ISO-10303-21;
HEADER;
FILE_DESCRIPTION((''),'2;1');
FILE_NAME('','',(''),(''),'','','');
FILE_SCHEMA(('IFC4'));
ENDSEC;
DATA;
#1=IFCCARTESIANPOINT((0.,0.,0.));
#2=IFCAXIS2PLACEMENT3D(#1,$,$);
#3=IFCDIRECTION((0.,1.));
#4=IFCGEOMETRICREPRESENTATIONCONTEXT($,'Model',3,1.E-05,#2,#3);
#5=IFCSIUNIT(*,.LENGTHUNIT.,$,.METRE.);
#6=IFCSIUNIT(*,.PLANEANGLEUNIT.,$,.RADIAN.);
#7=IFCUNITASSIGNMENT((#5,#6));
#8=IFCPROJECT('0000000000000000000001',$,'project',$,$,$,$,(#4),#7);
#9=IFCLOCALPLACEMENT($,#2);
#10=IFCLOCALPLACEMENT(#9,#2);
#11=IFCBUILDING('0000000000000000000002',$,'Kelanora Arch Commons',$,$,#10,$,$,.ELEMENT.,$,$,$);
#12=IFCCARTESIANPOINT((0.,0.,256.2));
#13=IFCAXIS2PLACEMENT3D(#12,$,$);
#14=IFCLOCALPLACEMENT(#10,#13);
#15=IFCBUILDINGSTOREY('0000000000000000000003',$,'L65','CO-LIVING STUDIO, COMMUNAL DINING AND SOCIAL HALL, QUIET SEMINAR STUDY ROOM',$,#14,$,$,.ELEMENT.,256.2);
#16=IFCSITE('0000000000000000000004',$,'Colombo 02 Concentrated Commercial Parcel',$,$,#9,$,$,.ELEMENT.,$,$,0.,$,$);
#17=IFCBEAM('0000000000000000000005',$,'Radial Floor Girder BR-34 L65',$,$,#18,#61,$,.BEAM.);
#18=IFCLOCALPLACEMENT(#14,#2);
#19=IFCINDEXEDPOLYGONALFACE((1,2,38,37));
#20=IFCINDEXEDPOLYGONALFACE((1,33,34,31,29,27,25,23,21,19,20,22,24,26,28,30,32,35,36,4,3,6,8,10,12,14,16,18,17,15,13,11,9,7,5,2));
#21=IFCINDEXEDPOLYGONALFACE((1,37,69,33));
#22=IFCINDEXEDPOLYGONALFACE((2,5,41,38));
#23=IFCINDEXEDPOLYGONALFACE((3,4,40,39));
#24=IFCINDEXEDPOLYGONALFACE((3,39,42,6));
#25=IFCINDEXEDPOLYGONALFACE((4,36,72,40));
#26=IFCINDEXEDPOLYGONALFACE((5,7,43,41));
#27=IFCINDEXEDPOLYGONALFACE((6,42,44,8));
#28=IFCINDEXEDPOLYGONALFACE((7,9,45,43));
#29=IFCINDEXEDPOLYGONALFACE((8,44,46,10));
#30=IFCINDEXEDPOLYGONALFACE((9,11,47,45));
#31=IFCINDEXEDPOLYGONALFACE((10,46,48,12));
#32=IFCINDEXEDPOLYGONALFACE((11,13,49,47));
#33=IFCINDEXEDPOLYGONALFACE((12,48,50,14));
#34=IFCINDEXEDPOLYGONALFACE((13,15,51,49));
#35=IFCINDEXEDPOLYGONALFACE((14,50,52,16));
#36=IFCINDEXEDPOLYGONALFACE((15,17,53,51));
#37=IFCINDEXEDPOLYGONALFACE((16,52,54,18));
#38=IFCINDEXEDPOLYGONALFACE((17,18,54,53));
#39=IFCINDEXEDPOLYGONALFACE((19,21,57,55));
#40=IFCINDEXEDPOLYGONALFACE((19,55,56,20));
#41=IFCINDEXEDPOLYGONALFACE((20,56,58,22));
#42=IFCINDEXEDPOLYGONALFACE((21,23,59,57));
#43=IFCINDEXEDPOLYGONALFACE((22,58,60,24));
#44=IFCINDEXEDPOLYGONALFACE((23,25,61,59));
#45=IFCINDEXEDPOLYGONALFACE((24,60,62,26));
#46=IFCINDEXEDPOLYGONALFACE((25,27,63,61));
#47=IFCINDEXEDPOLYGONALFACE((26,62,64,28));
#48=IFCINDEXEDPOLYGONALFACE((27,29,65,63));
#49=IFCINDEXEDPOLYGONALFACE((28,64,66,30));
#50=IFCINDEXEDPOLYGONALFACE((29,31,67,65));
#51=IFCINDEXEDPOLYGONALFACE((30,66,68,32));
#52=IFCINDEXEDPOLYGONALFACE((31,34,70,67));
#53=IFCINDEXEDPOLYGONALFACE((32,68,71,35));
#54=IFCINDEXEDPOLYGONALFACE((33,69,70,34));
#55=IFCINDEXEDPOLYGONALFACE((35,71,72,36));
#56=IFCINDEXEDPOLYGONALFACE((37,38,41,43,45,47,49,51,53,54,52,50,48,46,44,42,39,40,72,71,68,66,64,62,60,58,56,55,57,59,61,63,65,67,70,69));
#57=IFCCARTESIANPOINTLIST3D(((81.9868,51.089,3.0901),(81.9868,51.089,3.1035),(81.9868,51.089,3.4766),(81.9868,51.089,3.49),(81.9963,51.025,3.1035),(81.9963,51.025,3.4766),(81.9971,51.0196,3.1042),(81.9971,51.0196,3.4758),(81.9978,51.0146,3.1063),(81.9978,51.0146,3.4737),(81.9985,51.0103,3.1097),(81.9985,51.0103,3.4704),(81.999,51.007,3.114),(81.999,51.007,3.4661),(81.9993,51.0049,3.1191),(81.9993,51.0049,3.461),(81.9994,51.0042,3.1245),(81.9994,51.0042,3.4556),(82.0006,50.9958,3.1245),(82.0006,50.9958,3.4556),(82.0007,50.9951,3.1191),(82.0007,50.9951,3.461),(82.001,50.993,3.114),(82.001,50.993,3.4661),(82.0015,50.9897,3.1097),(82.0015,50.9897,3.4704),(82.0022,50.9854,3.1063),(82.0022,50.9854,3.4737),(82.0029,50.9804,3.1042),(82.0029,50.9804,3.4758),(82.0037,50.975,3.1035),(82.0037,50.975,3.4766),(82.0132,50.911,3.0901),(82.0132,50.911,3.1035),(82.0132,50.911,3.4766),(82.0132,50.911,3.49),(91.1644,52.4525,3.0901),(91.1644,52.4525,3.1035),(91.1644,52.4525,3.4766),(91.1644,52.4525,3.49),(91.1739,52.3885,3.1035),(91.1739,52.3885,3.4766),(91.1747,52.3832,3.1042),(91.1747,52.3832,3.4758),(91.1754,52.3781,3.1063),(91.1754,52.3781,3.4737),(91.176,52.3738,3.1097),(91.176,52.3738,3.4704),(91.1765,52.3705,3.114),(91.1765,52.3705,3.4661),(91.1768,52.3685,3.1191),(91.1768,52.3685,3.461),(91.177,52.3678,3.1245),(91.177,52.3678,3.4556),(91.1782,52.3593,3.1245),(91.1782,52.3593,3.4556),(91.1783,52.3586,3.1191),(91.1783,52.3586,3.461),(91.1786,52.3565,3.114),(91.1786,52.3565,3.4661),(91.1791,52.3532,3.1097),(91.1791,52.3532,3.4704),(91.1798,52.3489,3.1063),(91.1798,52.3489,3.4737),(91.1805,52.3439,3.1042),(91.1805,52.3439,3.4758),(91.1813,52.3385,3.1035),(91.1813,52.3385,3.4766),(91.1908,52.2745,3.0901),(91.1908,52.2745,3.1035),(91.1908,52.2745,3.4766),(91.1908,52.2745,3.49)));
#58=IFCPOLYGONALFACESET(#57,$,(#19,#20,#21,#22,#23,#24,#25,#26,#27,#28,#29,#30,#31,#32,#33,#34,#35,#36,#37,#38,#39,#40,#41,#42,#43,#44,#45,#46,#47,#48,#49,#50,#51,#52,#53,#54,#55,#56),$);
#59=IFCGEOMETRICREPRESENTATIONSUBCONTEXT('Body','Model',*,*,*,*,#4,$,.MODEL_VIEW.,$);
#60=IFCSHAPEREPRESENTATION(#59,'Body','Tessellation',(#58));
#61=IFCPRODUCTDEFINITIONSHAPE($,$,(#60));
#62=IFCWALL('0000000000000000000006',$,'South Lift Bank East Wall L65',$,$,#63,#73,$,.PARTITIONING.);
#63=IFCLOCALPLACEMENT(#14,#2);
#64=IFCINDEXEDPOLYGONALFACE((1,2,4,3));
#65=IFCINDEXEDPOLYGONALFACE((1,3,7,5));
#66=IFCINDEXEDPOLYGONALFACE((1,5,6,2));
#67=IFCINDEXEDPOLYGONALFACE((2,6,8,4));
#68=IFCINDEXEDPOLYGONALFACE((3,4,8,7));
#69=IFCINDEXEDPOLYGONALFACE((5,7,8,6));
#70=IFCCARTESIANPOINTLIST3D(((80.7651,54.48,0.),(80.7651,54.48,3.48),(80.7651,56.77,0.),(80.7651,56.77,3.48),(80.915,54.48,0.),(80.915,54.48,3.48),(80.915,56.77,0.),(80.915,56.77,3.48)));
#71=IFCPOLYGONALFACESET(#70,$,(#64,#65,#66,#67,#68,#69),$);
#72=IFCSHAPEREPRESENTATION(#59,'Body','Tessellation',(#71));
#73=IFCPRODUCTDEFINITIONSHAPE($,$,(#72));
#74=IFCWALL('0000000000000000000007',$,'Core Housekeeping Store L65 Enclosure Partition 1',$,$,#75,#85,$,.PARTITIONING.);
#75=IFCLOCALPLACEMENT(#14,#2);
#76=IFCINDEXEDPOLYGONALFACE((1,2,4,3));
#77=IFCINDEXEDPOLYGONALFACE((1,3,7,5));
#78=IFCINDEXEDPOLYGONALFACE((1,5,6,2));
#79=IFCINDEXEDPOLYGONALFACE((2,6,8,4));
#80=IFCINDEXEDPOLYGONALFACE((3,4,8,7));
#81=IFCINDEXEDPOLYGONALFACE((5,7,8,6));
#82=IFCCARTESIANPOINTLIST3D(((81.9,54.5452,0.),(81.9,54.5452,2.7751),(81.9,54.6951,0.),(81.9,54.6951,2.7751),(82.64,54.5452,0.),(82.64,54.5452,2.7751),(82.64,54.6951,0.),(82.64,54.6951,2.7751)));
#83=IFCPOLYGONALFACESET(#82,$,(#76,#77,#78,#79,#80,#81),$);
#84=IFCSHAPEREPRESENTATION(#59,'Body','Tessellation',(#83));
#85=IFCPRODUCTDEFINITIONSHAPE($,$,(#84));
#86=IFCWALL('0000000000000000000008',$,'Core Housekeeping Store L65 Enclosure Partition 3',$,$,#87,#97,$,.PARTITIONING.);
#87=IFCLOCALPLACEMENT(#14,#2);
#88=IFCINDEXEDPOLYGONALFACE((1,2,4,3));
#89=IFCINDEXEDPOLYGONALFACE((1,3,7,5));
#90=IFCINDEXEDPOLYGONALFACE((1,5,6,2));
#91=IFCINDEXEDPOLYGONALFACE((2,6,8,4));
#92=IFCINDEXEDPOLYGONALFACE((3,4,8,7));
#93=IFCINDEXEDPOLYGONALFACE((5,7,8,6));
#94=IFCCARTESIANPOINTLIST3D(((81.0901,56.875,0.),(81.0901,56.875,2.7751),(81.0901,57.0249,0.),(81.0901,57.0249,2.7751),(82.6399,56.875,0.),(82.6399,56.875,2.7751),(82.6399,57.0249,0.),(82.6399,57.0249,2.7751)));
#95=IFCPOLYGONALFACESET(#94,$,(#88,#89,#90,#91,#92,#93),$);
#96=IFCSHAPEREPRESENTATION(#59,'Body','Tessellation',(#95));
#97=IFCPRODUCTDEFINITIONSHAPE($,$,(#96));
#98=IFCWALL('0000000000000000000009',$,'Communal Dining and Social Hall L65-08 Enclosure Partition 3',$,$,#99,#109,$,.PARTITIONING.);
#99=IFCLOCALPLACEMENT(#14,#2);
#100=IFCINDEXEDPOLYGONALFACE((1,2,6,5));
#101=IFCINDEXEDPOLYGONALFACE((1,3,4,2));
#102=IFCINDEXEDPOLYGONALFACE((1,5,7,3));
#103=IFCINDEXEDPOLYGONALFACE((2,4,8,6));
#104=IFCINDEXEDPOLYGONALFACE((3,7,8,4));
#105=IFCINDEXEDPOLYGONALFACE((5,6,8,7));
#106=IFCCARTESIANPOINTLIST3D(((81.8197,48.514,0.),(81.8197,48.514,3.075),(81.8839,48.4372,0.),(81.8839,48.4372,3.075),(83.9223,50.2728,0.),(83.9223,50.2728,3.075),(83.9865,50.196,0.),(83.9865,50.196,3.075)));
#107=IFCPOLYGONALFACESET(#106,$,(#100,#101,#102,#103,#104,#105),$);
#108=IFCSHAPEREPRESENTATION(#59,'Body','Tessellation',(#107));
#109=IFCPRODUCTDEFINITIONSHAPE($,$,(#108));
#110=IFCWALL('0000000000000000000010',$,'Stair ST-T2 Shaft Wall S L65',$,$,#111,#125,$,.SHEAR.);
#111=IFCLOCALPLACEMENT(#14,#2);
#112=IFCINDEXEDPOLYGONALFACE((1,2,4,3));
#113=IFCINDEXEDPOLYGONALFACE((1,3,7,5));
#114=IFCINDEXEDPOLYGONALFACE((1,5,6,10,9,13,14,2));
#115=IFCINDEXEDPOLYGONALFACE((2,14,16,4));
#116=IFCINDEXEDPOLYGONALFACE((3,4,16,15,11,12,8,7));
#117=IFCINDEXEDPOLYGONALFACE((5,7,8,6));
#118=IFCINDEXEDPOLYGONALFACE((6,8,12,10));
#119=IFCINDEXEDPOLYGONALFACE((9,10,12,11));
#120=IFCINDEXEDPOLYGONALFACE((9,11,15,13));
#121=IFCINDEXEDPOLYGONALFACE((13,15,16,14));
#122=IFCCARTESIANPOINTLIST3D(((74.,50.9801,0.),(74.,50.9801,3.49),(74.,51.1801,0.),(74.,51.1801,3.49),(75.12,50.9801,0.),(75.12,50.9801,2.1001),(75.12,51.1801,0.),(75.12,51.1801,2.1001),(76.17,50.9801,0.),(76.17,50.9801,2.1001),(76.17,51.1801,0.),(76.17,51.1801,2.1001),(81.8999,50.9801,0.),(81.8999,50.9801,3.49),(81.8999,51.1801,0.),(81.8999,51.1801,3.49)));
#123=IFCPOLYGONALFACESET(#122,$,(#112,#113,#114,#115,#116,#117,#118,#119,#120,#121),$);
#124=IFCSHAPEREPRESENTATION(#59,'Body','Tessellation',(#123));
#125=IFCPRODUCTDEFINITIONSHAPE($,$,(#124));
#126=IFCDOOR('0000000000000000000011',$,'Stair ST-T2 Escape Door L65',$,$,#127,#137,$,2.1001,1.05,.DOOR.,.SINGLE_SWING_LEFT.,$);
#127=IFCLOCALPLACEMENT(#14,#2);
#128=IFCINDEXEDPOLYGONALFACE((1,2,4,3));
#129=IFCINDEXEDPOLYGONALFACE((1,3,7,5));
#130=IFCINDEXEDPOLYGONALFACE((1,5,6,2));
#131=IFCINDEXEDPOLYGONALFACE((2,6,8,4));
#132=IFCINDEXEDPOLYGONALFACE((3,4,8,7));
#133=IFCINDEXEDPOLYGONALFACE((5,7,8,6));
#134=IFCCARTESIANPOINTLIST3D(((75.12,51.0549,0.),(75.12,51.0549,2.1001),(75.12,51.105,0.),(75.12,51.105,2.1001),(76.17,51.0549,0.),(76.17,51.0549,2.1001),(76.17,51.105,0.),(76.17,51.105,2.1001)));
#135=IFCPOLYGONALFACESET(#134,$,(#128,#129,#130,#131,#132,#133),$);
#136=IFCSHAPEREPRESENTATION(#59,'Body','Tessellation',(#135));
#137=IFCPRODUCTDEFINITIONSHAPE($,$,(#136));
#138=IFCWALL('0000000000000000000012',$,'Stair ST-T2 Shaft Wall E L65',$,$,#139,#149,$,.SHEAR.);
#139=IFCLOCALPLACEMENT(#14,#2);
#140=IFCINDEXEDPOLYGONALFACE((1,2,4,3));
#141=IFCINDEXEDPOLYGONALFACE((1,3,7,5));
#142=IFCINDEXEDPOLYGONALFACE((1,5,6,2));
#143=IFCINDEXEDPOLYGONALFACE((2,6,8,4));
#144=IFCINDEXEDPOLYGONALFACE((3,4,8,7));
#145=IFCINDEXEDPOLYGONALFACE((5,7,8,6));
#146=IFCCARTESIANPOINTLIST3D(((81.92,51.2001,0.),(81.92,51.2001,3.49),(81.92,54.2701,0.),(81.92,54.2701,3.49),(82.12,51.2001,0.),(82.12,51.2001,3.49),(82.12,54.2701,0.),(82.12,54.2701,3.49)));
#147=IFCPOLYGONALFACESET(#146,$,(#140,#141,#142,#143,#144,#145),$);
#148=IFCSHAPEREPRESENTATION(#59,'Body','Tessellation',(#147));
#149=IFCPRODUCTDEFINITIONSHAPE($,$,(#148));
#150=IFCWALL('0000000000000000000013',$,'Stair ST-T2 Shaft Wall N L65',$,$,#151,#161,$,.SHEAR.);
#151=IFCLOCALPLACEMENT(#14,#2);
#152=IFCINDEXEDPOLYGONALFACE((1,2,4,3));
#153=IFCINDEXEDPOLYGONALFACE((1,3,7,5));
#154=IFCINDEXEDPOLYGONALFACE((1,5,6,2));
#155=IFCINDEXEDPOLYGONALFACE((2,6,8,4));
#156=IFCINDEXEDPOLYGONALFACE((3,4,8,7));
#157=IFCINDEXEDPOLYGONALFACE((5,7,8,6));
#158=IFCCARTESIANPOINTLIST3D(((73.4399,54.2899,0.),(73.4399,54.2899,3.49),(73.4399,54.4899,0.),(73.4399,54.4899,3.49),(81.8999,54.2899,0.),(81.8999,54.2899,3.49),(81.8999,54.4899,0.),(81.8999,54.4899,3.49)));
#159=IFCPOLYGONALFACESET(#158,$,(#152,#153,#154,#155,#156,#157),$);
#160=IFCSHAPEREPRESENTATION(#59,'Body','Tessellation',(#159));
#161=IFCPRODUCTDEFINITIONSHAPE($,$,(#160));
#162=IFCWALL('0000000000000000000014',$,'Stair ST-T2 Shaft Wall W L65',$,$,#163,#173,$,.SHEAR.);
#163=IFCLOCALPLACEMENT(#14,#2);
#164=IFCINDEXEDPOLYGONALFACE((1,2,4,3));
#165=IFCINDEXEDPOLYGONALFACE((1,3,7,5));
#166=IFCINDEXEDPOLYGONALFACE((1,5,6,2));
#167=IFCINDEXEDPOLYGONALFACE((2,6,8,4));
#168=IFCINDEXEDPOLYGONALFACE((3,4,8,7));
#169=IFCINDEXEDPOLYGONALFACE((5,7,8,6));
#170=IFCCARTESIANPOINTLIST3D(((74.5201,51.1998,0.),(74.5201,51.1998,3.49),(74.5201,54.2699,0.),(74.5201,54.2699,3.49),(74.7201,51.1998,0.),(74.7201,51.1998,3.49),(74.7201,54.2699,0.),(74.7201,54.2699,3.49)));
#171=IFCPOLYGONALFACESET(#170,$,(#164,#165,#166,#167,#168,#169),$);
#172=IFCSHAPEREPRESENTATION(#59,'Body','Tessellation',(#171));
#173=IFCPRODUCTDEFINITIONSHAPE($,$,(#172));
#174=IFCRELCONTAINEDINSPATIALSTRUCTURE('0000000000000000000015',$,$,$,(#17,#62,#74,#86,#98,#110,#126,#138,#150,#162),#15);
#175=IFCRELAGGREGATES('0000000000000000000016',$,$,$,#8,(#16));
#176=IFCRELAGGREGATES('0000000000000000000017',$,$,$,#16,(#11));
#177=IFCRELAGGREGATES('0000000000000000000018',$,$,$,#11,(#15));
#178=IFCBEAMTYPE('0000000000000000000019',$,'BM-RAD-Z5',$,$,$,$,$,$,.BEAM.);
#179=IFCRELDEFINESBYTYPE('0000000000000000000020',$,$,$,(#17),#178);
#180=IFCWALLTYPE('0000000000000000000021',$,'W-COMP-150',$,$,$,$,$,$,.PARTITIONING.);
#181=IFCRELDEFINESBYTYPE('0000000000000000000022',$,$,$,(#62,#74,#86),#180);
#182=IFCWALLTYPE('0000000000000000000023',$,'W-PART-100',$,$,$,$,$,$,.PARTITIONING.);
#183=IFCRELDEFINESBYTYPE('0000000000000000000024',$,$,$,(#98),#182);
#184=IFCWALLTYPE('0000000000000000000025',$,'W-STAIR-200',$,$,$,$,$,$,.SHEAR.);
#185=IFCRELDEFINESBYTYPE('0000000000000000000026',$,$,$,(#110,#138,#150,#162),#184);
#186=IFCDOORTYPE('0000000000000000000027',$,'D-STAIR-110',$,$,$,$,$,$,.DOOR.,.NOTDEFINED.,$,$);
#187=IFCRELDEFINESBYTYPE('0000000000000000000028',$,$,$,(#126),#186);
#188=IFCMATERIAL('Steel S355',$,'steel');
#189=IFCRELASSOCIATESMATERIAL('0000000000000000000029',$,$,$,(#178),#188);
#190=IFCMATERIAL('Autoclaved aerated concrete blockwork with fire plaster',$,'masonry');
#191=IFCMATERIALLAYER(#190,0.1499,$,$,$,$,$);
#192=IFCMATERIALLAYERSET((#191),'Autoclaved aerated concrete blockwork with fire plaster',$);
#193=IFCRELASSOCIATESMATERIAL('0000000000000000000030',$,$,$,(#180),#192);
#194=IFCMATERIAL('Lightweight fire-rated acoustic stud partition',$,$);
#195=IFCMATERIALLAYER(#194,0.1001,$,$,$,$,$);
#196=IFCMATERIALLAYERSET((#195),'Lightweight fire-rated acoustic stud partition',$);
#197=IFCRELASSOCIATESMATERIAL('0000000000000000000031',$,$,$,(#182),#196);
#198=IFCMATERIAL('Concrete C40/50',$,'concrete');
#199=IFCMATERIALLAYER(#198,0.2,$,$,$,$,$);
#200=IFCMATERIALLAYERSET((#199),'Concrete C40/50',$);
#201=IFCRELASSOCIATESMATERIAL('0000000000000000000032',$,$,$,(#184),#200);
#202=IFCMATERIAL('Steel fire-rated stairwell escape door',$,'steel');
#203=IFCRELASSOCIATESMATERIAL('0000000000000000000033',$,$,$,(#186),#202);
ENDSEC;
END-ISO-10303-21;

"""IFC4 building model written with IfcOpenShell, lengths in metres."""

from ifc_helpers import new_model, si_unit, direction, frame, frame_2d, origin, origin_2d, place, context, subcontext, project, spatial, rectangle, i_section, extrude, material, layer, layer_set, material_profile, profile_set, type_object, element, fill, save


model = new_model("IFC4")

# Units and contexts
model_context = context("Model", 3, precision=1e-05, world=origin(), true_north=direction((0.0, 1.0)))
body_context = subcontext(model_context, "Body", "Model", "MODEL_VIEW")
ifc_project = project(units=[si_unit("LENGTHUNIT", "METRE"), si_unit("PLANEANGLEUNIT", "RADIAN")], contexts=[model_context])

# Site, building, storey
site_placement = place(None, origin())
site = spatial("IfcSite", under=ifc_project, at=site_placement, Name="Colombo 02 Concentrated Commercial Parcel", CompositionType="ELEMENT", RefElevation=0.0)
building_placement = place(site_placement, origin())
building = spatial("IfcBuilding", under=site, at=building_placement, Name="Kelanora Arch Commons", CompositionType="ELEMENT")
storey_placement = place(building_placement, frame((0.0, 0.0, 256.2)))
storey = spatial("IfcBuildingStorey", under=building, at=storey_placement, Name="L65", Description="CO-LIVING STUDIO, COMMUNAL DINING AND SOCIAL HALL, QUIET SEMINAR STUDY ROOM", CompositionType="ELEMENT", Elevation=256.2)

# Beam
ifc_material_1 = material(Name="Steel S355", Category="steel")
ifc_material_profile_1 = material_profile(ifc_material_1, i_section(OverallWidth=0.1799, OverallDepth=0.3999, WebThickness=0.0085, FlangeThickness=0.0134, FilletRadius=0.021, at=origin_2d()), Name="IPE400")
ifc_profile_set_1 = profile_set([ifc_material_profile_1], Name="Steel S355")
beam_type_1 = type_object("IfcBeamType", Name="BM-RAD-Z5", PredefinedType="BEAM", material=ifc_profile_set_1)
beam_1_placement = place(storey_placement, frame((82.0, 51.0, 3.29), z_axis=(0.989142, 0.14696, 0.0), x_axis=(-0.14696, 0.989142, 0.0)))
element("IfcBeam", 1, at=beam_1_placement, inside=storey, type_object=beam_type_1, Name="Radial Floor Girder BR-34 L65", PredefinedType="BEAM", context=body_context, shape_type="SweptSolid", body=[
    extrude(i_section(OverallWidth=0.1799, OverallDepth=0.3999, WebThickness=0.0085, FlangeThickness=0.0134, FilletRadius=0.021, at=origin_2d()), origin(), (0.0, 0.0, 1.0), 9.2783),
])

# Walls
ifc_material_2 = material(Name="Autoclaved aerated concrete blockwork with fire plaster", Category="masonry")
ifc_layer_1 = layer(ifc_material_2, 0.1499)
ifc_layer_set_1 = layer_set([ifc_layer_1], Name="Autoclaved aerated concrete blockwork with fire plaster")
wall_type_1 = type_object("IfcWallType", Name="W-COMP-150", PredefinedType="PARTITIONING", material=ifc_layer_set_1)
wall_1_placement = place(storey_placement, frame((80.8401, 54.48, 0.0), z_axis=(0.0, 0.0, 1.0), x_axis=(0.0, 1.0, 0.0)))
element("IfcWall", 2, at=wall_1_placement, inside=storey, type_object=wall_type_1, Name="South Lift Bank East Wall L65", PredefinedType="PARTITIONING", context=body_context, shape_type="SweptSolid", body=[
    extrude(rectangle(XDim=2.29, YDim=0.1499, at=frame_2d((1.145, 0.0))), origin(), (0.0, 0.0, 1.0), 3.48),
])
wall_2_placement = place(storey_placement, frame((81.8999, 54.6201, 0.0), z_axis=(0.0, 0.0, 1.0), x_axis=(1.0, 0.0, 0.0)))
element("IfcWall", 3, at=wall_2_placement, inside=storey, type_object=wall_type_1, Name="Core Housekeeping Store L65 Enclosure Partition 1", PredefinedType="PARTITIONING", context=body_context, shape_type="SweptSolid", body=[
    extrude(rectangle(XDim=0.74, YDim=0.1499, at=frame_2d((0.3701, 0.0))), origin(), (0.0, 0.0, 1.0), 2.7751),
])
wall_3_placement = place(storey_placement, frame((82.6399, 56.95, 0.0), z_axis=(0.0, 0.0, 1.0), x_axis=(-1.0, 0.0, 0.0)))
element("IfcWall", 4, at=wall_3_placement, inside=storey, type_object=wall_type_1, Name="Core Housekeeping Store L65 Enclosure Partition 3", PredefinedType="PARTITIONING", context=body_context, shape_type="SweptSolid", body=[
    extrude(rectangle(XDim=1.5498, YDim=0.1499, at=frame_2d((0.7749, 0.0))), origin(), (0.0, 0.0, 1.0), 2.7751),
])
ifc_material_3 = material(Name="Lightweight fire-rated acoustic stud partition")
ifc_layer_2 = layer(ifc_material_3, 0.1001)
ifc_layer_set_2 = layer_set([ifc_layer_2], Name="Lightweight fire-rated acoustic stud partition")
wall_type_2 = type_object("IfcWallType", Name="W-PART-100", PredefinedType="PARTITIONING", material=ifc_layer_set_2)
wall_4_placement = place(storey_placement, frame((81.8518, 48.4756, 0.0), z_axis=(0.0, 0.0, 1.0), x_axis=(0.767023, 0.64162, 0.0)))
element("IfcWall", 5, at=wall_4_placement, inside=storey, type_object=wall_type_2, Name="Communal Dining and Social Hall L65-08 Enclosure Partition 3", PredefinedType="PARTITIONING", context=body_context, shape_type="SweptSolid", body=[
    extrude(rectangle(XDim=2.7412, YDim=0.1001, at=frame_2d((1.3706, 0.0))), origin(), (0.0, 0.0, 1.0), 3.075),
])

# Wall, opening, door
ifc_material_4 = material(Name="Concrete C40/50", Category="concrete")
ifc_layer_3 = layer(ifc_material_4, 0.2)
ifc_layer_set_3 = layer_set([ifc_layer_3], Name="Concrete C40/50")
wall_type_3 = type_object("IfcWallType", Name="W-STAIR-200", PredefinedType="SHEAR", material=ifc_layer_set_3)
wall_5_placement = place(storey_placement, frame((74.0, 51.0801, 0.0), z_axis=(0.0, 0.0, 1.0), x_axis=(1.0, 0.0, 0.0)))
wall_5 = element("IfcWall", 6, at=wall_5_placement, inside=storey, type_object=wall_type_3, Name="Stair ST-T2 Shaft Wall S L65", PredefinedType="SHEAR", context=body_context, shape_type="SweptSolid", body=[
    extrude(rectangle(XDim=7.8999, YDim=0.2, at=frame_2d((3.95, 0.0))), origin(), (0.0, 0.0, 1.0), 3.49),
])
opening_placement = place(wall_5_placement, frame((1.1201, 0.0, 0.0)))
opening = element("IfcOpeningElement", 7, at=opening_placement, cuts=wall_5, PredefinedType="OPENING", context=body_context, shape_type="SweptSolid", body=[
    extrude(rectangle(XDim=1.05, YDim=2.1001, at=frame_2d((0.5249, 1.05))), frame((0.0, 0.1099, 0.0), z_axis=(0.0, -1.0, 0.0), x_axis=(1.0, 0.0, 0.0)), (0.0, 0.0, 1.0), 0.22),
])
ifc_material_5 = material(Name="Steel fire-rated stairwell escape door", Category="steel")
door_type = type_object("IfcDoorType", Name="D-STAIR-110", OperationType="NOTDEFINED", PredefinedType="DOOR", material=ifc_material_5)
door_placement = place(opening_placement, origin())
door = element("IfcDoor", 8, at=door_placement, inside=storey, type_object=door_type, Name="Stair ST-T2 Escape Door L65", OperationType="SINGLE_SWING_LEFT", OverallHeight=2.1001, OverallWidth=1.05, PredefinedType="DOOR", context=body_context, shape_type="SweptSolid", body=[
    extrude(rectangle(XDim=1.05, YDim=2.1001, at=frame_2d((0.5249, 1.05))), frame((0.0, 0.0249, 0.0), z_axis=(0.0, -1.0, 0.0), x_axis=(1.0, 0.0, 0.0)), (0.0, 0.0, 1.0), 0.05),
])
fill(opening, door)

# Walls
wall_6_placement = place(storey_placement, frame((82.02, 51.2, 0.0), z_axis=(0.0, 0.0, 1.0), x_axis=(0.0, 1.0, 0.0)))
element("IfcWall", 9, at=wall_6_placement, inside=storey, type_object=wall_type_3, Name="Stair ST-T2 Shaft Wall E L65", PredefinedType="SHEAR", context=body_context, shape_type="SweptSolid", body=[
    extrude(rectangle(XDim=3.0701, YDim=0.2, at=frame_2d((1.5352, 0.0))), origin(), (0.0, 0.0, 1.0), 3.49),
])
wall_7_placement = place(storey_placement, frame((81.8999, 54.3899, 0.0), z_axis=(0.0, 0.0, 1.0), x_axis=(-1.0, 0.0, 0.0)))
element("IfcWall", 10, at=wall_7_placement, inside=storey, type_object=wall_type_3, Name="Stair ST-T2 Shaft Wall N L65", PredefinedType="SHEAR", context=body_context, shape_type="SweptSolid", body=[
    extrude(rectangle(XDim=8.46, YDim=0.2, at=frame_2d((4.23, 0.0))), origin(), (0.0, 0.0, 1.0), 3.49),
])
wall_8_placement = place(storey_placement, frame((74.6201, 54.27, 0.0), z_axis=(0.0, 0.0, 1.0), x_axis=(0.0, -1.0, 0.0)))
element("IfcWall", 11, at=wall_8_placement, inside=storey, type_object=wall_type_3, Name="Stair ST-T2 Shaft Wall W L65", PredefinedType="SHEAR", context=body_context, shape_type="SweptSolid", body=[
    extrude(rectangle(XDim=3.0701, YDim=0.2, at=frame_2d((1.5352, 0.0))), origin(), (0.0, 0.0, 1.0), 3.49),
])

save(model, "model.ifc")
